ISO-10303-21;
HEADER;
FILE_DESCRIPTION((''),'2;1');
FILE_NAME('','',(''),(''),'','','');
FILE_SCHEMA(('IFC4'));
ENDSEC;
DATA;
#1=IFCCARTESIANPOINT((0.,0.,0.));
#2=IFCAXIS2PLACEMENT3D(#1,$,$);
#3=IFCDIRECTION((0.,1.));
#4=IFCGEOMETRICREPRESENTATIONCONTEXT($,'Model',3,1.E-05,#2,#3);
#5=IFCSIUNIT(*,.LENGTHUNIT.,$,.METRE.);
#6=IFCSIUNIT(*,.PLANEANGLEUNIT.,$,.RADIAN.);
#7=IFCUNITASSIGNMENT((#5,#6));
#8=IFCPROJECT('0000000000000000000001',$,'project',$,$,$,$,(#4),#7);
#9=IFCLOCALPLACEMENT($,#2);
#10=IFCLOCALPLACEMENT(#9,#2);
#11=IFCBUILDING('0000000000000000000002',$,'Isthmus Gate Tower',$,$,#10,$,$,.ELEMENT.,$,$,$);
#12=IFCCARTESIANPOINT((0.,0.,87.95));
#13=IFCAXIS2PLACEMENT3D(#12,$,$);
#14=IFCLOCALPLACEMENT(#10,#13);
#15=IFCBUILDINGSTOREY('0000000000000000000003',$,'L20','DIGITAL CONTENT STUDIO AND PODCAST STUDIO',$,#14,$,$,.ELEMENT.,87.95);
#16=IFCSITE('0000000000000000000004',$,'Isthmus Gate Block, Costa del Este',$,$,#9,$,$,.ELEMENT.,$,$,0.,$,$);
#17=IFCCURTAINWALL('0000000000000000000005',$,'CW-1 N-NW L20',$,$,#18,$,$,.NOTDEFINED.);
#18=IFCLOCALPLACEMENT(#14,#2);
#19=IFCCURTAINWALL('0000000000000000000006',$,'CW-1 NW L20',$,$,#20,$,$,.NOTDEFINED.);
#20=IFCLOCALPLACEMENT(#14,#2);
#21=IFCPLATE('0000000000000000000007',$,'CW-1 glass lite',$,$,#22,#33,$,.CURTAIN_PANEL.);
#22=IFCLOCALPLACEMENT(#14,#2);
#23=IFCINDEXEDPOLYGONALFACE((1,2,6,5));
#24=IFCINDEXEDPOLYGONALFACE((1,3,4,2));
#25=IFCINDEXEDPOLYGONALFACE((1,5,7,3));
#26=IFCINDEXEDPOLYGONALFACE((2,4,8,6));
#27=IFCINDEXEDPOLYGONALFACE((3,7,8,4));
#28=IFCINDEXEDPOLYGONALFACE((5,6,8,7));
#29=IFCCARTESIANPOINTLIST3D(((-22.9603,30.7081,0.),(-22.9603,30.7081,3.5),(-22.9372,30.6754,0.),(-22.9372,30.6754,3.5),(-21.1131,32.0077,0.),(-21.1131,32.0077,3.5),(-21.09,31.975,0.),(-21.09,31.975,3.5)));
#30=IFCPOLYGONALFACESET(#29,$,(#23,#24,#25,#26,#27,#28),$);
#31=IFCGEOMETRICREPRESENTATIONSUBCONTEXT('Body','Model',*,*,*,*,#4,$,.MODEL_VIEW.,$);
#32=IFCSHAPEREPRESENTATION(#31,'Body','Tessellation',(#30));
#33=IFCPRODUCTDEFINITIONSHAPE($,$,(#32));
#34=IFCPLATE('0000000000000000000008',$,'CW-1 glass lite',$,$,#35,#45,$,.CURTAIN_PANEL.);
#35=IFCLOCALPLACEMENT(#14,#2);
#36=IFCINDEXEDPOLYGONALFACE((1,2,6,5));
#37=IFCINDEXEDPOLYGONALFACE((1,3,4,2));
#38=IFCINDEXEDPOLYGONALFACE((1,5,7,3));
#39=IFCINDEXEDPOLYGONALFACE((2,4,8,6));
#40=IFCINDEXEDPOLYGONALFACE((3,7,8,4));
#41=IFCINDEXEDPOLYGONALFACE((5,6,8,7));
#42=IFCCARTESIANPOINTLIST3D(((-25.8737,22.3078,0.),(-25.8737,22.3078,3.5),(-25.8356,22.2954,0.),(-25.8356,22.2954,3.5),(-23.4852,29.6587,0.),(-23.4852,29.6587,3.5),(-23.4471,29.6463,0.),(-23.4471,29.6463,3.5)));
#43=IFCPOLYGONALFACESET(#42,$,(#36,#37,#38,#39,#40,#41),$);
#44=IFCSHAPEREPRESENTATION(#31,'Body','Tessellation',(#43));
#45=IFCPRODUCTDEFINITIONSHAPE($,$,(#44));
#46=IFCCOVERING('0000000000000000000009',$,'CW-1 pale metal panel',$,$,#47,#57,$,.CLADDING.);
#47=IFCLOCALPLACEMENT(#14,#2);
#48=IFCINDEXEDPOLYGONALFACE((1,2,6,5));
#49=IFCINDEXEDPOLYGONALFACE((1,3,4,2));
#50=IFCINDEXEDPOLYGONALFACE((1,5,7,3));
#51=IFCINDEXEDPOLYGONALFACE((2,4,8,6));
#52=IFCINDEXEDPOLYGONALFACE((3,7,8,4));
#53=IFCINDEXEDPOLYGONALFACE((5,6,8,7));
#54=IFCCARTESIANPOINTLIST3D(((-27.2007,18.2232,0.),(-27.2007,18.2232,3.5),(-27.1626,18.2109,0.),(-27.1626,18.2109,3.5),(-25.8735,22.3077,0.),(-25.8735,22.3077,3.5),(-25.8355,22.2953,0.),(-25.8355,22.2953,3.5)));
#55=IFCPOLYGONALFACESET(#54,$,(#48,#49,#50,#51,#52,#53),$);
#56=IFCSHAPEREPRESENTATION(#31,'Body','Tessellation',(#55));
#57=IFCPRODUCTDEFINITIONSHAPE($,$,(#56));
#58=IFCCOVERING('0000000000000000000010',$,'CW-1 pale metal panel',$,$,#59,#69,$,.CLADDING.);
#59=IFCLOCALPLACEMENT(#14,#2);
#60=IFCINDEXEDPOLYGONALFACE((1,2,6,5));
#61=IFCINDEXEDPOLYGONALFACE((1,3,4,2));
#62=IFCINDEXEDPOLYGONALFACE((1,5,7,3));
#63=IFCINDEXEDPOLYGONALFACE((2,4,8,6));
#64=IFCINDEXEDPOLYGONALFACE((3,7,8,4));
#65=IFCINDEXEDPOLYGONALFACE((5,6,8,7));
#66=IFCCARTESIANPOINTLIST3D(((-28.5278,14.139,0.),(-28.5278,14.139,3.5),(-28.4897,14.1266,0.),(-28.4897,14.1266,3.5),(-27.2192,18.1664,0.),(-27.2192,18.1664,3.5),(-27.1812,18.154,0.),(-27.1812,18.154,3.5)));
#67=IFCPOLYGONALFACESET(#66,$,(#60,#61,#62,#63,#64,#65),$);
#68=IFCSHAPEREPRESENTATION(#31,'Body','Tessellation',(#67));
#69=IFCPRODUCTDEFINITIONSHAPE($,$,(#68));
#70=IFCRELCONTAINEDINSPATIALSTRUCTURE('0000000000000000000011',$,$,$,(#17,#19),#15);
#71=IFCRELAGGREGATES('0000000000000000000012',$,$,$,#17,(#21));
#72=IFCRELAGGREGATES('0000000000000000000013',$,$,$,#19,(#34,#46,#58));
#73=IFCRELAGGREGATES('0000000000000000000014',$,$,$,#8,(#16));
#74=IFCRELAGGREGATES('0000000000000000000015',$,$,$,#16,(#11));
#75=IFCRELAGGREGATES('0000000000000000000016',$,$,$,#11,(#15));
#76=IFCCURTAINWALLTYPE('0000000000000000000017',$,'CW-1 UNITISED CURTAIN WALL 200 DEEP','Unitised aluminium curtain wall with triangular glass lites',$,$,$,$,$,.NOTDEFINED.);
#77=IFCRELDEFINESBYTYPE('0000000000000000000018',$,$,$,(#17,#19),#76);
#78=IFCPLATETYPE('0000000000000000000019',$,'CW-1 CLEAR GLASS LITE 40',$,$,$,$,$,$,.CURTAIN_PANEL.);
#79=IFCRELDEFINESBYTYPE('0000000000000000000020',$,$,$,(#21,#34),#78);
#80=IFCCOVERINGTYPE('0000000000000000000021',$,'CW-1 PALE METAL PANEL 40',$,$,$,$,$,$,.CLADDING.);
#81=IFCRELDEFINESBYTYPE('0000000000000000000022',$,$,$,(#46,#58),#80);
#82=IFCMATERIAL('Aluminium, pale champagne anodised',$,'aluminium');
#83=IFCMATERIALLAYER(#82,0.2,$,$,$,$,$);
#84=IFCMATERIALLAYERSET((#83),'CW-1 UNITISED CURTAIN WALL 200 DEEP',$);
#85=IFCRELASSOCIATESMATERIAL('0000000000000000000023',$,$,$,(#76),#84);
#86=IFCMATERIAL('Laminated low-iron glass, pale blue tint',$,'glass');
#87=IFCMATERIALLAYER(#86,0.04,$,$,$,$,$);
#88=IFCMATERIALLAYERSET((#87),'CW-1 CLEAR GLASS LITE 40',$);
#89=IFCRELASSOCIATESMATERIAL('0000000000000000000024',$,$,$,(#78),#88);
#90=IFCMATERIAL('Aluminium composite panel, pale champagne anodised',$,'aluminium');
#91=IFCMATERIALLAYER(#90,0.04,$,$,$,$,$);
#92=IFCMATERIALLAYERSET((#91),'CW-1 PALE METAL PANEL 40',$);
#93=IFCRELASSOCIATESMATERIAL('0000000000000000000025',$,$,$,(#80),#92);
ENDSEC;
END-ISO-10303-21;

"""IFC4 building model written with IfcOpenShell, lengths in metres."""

from ifc_helpers import new_model, si_unit, direction, frame, origin, origin_2d, place, context, subcontext, project, spatial, rectangle, extrude, material, layer, layer_set, type_object, element, aggregate, save


model = new_model("IFC4")

# Units and contexts
model_context = context("Model", 3, precision=1e-05, world=origin(), true_north=direction((0.0, 1.0)))
body_context = subcontext(model_context, "Body", "Model", "MODEL_VIEW")
ifc_project = project(units=[si_unit("LENGTHUNIT", "METRE"), si_unit("PLANEANGLEUNIT", "RADIAN")], contexts=[model_context])

# Site, building, storey
site_placement = place(None, origin())
site = spatial("IfcSite", under=ifc_project, at=site_placement, Name="Isthmus Gate Block, Costa del Este", CompositionType="ELEMENT", RefElevation=0.0)
building_placement = place(site_placement, origin())
building = spatial("IfcBuilding", under=site, at=building_placement, Name="Isthmus Gate Tower", CompositionType="ELEMENT")
storey_placement = place(building_placement, frame((0.0, 0.0, 87.95)))
storey = spatial("IfcBuildingStorey", under=building, at=storey_placement, Name="L20", Description="DIGITAL CONTENT STUDIO AND PODCAST STUDIO", CompositionType="ELEMENT", Elevation=87.95)

# Curtain wall
ifc_material_1 = material(Name="Aluminium, pale champagne anodised", Category="aluminium")
ifc_layer_1 = layer(ifc_material_1, 0.2)
ifc_layer_set_1 = layer_set([ifc_layer_1], Name="CW-1 UNITISED CURTAIN WALL 200 DEEP")
curtain_wall_type = type_object("IfcCurtainWallType", Name="CW-1 UNITISED CURTAIN WALL 200 DEEP", Description="Unitised aluminium curtain wall with triangular glass lites", PredefinedType="NOTDEFINED", material=ifc_layer_set_1)
curtain_wall_1_placement = place(storey_placement, origin())
curtain_wall_1 = element("IfcCurtainWall", 1, at=curtain_wall_1_placement, inside=storey, type_object=curtain_wall_type, Name="CW-1 N-NW L20", PredefinedType="NOTDEFINED")

# Curtain wall
curtain_wall_2_placement = place(storey_placement, origin())
curtain_wall_2 = element("IfcCurtainWall", 2, at=curtain_wall_2_placement, inside=storey, type_object=curtain_wall_type, Name="CW-1 NW L20", PredefinedType="NOTDEFINED")

# Plates
ifc_material_2 = material(Name="Laminated low-iron glass, pale blue tint", Category="glass")
ifc_layer_2 = layer(ifc_material_2, 0.04)
ifc_layer_set_2 = layer_set([ifc_layer_2], Name="CW-1 CLEAR GLASS LITE 40")
plate_type = type_object("IfcPlateType", Name="CW-1 CLEAR GLASS LITE 40", PredefinedType="CURTAIN_PANEL", material=ifc_layer_set_2)
plate_1_placement = place(storey_placement, frame((-22.0251, 31.3416, 0.0), z_axis=(0.0, 0.0, 1.0), x_axis=(-0.81786, -0.575418, 0.0)))
plate_1 = element("IfcPlate", 3, at=plate_1_placement, type_object=plate_type, Name="CW-1 glass lite", PredefinedType="CURTAIN_PANEL", context=body_context, shape_type="SweptSolid", body=[
    extrude(rectangle(XDim=2.2585, YDim=0.04, at=origin_2d()), origin(), (0.0, 0.0, 1.0), 3.5),
])
aggregate(curtain_wall_1, [plate_1])
plate_2_placement = place(storey_placement, frame((-24.6604, 25.9771, 0.0), z_axis=(0.0, 0.0, 1.0), x_axis=(-0.309017, -0.951057, 0.0)))
plate_2 = element("IfcPlate", 4, at=plate_2_placement, type_object=plate_type, Name="CW-1 glass lite", PredefinedType="CURTAIN_PANEL", context=body_context, shape_type="SweptSolid", body=[
    extrude(rectangle(XDim=7.7292, YDim=0.04, at=origin_2d()), origin(), (0.0, 0.0, 1.0), 3.5),
])

# Coverings
ifc_material_3 = material(Name="Aluminium composite panel, pale champagne anodised", Category="aluminium")
ifc_layer_3 = layer(ifc_material_3, 0.04)
ifc_layer_set_3 = layer_set([ifc_layer_3], Name="CW-1 PALE METAL PANEL 40")
covering_type = type_object("IfcCoveringType", Name="CW-1 PALE METAL PANEL 40", PredefinedType="CLADDING", material=ifc_layer_set_3)
covering_1_placement = place(storey_placement, frame((-26.5181, 20.2593, 0.0), z_axis=(0.0, 0.0, 1.0), x_axis=(-0.309017, -0.951057, 0.0)))
covering_1 = element("IfcCovering", 5, at=covering_1_placement, type_object=covering_type, Name="CW-1 pale metal panel", PredefinedType="CLADDING", context=body_context, shape_type="SweptSolid", body=[
    extrude(rectangle(XDim=4.2947, YDim=0.04, at=origin_2d()), origin(), (0.0, 0.0, 1.0), 3.5),
])
covering_2_placement = place(storey_placement, frame((-27.8545, 16.1465, 0.0), z_axis=(0.0, 0.0, 1.0), x_axis=(-0.309017, -0.951057, 0.0)))
covering_2 = element("IfcCovering", 6, at=covering_2_placement, type_object=covering_type, Name="CW-1 pale metal panel", PredefinedType="CLADDING", context=body_context, shape_type="SweptSolid", body=[
    extrude(rectangle(XDim=4.2346, YDim=0.04, at=origin_2d()), origin(), (0.0, 0.0, 1.0), 3.5),
])
aggregate(curtain_wall_2, [plate_2, covering_1, covering_2])

save(model, "model.ifc")
